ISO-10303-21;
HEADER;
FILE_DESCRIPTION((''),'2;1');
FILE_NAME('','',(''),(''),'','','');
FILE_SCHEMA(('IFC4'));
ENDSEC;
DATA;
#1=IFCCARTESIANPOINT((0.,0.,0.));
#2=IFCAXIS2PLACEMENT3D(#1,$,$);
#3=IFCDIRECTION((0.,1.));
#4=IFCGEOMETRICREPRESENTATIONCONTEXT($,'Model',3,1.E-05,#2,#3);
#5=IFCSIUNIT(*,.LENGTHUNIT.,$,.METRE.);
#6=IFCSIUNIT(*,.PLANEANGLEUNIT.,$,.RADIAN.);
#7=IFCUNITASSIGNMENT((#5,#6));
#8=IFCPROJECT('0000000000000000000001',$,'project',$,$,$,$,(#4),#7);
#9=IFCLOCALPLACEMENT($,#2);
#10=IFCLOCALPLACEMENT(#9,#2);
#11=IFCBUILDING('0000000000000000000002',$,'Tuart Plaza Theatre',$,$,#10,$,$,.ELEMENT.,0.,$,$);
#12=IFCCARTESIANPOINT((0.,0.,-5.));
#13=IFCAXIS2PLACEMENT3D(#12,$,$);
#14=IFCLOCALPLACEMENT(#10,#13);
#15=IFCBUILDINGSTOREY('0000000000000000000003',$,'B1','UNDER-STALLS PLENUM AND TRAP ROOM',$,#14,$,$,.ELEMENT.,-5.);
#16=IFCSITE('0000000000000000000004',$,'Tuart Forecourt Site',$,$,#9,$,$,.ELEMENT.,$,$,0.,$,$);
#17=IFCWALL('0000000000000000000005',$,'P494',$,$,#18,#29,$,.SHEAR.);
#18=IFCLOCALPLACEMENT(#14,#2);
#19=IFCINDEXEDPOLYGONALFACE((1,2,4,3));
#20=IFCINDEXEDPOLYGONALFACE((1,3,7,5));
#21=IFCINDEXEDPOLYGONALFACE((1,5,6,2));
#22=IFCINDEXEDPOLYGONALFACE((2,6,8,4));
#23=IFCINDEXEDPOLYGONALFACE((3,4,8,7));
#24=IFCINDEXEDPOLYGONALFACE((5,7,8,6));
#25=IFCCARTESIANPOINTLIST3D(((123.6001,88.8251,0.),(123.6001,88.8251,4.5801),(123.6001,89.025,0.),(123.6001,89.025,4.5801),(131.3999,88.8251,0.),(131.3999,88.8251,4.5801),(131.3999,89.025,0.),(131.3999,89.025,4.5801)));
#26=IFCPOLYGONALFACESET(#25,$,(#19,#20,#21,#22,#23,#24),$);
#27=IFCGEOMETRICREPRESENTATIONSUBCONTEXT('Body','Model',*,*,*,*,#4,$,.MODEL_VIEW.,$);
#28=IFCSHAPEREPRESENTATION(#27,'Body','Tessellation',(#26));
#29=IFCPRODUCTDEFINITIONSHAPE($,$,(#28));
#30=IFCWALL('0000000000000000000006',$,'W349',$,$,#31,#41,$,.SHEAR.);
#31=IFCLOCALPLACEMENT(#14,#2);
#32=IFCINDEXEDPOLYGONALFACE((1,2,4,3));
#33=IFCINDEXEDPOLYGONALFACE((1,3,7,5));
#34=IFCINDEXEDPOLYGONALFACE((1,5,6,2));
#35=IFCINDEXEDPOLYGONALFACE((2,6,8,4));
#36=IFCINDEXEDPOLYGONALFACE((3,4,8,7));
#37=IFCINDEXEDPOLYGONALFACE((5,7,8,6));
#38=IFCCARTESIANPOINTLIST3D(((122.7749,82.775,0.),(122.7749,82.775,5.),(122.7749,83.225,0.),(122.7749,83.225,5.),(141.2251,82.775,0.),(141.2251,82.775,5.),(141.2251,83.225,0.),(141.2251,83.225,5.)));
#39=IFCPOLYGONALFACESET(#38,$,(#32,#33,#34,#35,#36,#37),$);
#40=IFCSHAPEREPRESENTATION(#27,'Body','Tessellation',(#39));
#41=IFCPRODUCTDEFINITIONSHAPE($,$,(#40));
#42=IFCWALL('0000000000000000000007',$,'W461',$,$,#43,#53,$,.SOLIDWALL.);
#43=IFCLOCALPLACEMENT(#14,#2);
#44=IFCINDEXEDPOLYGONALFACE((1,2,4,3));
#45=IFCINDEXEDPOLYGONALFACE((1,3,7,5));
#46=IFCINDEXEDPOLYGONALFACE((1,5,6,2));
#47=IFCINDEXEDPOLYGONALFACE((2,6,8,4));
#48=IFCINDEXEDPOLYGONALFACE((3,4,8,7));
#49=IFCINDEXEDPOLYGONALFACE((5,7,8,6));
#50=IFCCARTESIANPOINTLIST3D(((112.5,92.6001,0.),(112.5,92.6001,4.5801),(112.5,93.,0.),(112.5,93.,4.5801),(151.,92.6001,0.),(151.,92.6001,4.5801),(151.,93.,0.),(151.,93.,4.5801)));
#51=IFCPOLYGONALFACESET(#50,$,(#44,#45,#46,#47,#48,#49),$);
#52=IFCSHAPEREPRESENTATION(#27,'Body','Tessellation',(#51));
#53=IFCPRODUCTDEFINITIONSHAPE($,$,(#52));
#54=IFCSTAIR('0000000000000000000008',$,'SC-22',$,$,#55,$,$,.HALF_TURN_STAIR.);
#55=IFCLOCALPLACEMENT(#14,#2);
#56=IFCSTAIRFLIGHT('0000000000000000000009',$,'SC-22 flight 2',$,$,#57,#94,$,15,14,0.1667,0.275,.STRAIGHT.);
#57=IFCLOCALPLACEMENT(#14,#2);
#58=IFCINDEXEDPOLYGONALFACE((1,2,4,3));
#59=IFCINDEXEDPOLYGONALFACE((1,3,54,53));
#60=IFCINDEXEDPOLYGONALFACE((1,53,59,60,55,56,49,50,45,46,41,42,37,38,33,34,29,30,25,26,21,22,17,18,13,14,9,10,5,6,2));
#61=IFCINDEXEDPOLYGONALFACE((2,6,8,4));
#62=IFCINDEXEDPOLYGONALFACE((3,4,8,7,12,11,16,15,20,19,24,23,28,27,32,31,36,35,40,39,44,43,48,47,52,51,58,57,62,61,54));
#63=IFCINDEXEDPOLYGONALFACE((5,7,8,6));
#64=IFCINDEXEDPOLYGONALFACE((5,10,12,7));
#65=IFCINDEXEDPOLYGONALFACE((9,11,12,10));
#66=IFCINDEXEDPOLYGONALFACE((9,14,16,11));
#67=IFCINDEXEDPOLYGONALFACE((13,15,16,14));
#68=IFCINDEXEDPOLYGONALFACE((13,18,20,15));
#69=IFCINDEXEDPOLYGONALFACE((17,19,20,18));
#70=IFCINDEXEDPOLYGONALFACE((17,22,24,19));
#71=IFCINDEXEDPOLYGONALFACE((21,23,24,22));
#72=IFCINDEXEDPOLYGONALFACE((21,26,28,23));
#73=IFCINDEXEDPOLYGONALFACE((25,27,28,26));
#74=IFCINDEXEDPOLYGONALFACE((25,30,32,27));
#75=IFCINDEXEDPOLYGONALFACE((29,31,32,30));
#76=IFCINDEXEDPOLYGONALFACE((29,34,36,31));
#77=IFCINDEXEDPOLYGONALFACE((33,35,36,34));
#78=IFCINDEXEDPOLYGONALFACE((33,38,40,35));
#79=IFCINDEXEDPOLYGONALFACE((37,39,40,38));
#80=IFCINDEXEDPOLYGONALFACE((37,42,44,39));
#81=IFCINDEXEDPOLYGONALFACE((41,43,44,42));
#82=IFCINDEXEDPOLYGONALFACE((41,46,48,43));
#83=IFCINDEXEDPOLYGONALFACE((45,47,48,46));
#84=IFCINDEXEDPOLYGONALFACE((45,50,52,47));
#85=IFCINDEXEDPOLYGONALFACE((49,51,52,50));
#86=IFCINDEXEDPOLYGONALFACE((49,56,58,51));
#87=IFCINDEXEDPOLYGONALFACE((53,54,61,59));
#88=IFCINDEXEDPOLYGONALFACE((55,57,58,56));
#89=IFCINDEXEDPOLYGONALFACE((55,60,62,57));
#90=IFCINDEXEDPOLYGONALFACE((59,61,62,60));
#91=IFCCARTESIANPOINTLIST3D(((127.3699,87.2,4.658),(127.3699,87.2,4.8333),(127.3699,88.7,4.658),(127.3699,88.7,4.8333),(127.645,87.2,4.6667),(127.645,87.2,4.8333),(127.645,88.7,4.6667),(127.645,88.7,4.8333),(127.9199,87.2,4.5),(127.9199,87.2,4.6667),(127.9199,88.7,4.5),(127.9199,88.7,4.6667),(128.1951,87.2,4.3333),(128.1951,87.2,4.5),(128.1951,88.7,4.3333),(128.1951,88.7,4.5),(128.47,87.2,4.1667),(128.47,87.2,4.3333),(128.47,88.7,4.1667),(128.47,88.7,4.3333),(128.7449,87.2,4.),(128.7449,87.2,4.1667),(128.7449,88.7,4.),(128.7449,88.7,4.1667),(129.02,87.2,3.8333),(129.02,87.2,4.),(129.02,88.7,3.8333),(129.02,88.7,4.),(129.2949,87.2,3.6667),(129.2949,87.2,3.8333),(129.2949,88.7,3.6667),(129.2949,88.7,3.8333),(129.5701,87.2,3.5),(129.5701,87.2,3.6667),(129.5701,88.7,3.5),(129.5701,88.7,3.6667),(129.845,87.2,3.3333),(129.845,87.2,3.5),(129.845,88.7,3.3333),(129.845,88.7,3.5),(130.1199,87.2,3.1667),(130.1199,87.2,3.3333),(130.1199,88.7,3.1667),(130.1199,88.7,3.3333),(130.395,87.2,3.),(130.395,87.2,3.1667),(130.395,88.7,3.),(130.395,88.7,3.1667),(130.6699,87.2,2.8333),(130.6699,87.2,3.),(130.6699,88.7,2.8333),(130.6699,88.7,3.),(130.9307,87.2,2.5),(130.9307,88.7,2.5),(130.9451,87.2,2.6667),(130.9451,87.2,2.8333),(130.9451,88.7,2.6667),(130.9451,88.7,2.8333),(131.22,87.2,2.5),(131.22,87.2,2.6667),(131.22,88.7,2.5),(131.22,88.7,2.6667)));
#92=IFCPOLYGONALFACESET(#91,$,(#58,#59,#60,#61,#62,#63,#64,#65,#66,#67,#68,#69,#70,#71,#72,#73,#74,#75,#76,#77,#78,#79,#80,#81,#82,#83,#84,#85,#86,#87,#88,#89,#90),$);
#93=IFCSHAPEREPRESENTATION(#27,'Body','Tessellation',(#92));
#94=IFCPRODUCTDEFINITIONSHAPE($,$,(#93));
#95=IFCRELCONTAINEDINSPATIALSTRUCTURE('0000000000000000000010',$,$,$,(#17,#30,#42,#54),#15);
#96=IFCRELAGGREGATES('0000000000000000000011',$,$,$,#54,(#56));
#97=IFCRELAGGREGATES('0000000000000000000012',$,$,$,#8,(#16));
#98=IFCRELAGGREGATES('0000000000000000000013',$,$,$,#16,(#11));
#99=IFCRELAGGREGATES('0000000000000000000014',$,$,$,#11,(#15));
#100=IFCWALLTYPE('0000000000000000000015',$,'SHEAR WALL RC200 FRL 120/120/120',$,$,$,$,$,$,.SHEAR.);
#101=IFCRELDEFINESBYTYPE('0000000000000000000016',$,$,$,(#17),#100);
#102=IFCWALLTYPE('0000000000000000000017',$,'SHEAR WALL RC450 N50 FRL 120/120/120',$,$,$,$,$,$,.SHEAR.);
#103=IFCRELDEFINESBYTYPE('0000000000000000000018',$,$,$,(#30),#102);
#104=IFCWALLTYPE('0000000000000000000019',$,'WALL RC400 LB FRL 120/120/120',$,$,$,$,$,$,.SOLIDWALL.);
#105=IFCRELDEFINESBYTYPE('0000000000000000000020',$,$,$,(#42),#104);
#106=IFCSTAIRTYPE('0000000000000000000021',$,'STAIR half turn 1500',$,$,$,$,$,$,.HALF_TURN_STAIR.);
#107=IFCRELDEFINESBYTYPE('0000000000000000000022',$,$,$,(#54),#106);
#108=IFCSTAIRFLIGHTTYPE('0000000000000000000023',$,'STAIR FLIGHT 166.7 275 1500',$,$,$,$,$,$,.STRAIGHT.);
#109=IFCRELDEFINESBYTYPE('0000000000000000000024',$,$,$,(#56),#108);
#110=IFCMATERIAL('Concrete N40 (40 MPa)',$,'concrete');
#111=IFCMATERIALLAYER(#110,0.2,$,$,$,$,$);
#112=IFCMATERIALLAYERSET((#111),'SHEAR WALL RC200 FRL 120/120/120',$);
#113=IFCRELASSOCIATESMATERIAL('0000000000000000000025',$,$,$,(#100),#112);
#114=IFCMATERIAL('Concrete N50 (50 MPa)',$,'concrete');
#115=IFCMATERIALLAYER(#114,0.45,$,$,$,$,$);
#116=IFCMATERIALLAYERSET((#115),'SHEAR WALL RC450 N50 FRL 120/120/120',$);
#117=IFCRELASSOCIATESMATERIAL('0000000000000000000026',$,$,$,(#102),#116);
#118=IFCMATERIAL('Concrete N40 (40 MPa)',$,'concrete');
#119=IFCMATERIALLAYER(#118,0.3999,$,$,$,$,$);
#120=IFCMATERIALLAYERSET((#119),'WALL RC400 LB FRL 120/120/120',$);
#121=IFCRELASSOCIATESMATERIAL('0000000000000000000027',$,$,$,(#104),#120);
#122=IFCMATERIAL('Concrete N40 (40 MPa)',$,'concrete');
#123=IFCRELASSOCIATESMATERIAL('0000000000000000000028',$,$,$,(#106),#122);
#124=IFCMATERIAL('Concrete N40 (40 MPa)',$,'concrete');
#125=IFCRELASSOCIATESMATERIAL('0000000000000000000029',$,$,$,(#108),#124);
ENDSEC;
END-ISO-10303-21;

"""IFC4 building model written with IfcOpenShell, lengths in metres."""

from ifc_helpers import new_model, si_unit, direction, frame, frame_2d, origin, place, context, subcontext, project, spatial, polyline, rectangle, outline, extrude, material, layer, layer_set, type_object, element, aggregate, save


model = new_model("IFC4")

# Units and contexts
model_context = context("Model", 3, precision=1e-05, world=origin(), true_north=direction((0.0, 1.0)))
body_context = subcontext(model_context, "Body", "Model", "MODEL_VIEW")
ifc_project = project(units=[si_unit("LENGTHUNIT", "METRE"), si_unit("PLANEANGLEUNIT", "RADIAN")], contexts=[model_context])

# Site, building, storey
site_placement = place(None, origin())
site = spatial("IfcSite", under=ifc_project, at=site_placement, Name="Tuart Forecourt Site", CompositionType="ELEMENT", RefElevation=0.0)
building_placement = place(site_placement, origin())
building = spatial("IfcBuilding", under=site, at=building_placement, Name="Tuart Plaza Theatre", CompositionType="ELEMENT", ElevationOfRefHeight=0.0)
storey_placement = place(building_placement, frame((0.0, 0.0, -5.0)))
storey = spatial("IfcBuildingStorey", under=building, at=storey_placement, Name="B1", Description="UNDER-STALLS PLENUM AND TRAP ROOM", CompositionType="ELEMENT", Elevation=-5.0)

# Walls
ifc_material_1 = material(Name="Concrete N40 (40 MPa)", Category="concrete")
ifc_layer_1 = layer(ifc_material_1, 0.2)
ifc_layer_set_1 = layer_set([ifc_layer_1], Name="SHEAR WALL RC200 FRL 120/120/120")
wall_type_1 = type_object("IfcWallType", Name="SHEAR WALL RC200 FRL 120/120/120", PredefinedType="SHEAR", material=ifc_layer_set_1)
wall_1_placement = place(storey_placement, frame((131.3999, 88.925, 0.0), z_axis=(0.0, 0.0, 1.0), x_axis=(-1.0, 0.0, 0.0)))
element("IfcWall", 1, at=wall_1_placement, inside=storey, type_object=wall_type_1, Name="P494", PredefinedType="SHEAR", context=body_context, shape_type="SweptSolid", body=[
    extrude(rectangle(XDim=7.7998, YDim=0.2, at=frame_2d((3.8999, 0.0))), origin(), (0.0, 0.0, 1.0), 4.5801),
])
ifc_material_2 = material(Name="Concrete N50 (50 MPa)", Category="concrete")
ifc_layer_2 = layer(ifc_material_2, 0.45)
ifc_layer_set_2 = layer_set([ifc_layer_2], Name="SHEAR WALL RC450 N50 FRL 120/120/120")
wall_type_2 = type_object("IfcWallType", Name="SHEAR WALL RC450 N50 FRL 120/120/120", PredefinedType="SHEAR", material=ifc_layer_set_2)
wall_2_placement = place(storey_placement, frame((141.2251, 83.0, 0.0), z_axis=(0.0, 0.0, 1.0), x_axis=(-1.0, 0.0, 0.0)))
element("IfcWall", 2, at=wall_2_placement, inside=storey, type_object=wall_type_2, Name="W349", PredefinedType="SHEAR", context=body_context, shape_type="SweptSolid", body=[
    extrude(rectangle(XDim=18.4502, YDim=0.45, at=frame_2d((9.2251, 0.0))), origin(), (0.0, 0.0, 1.0), 5.0),
])
ifc_material_3 = material(Name="Concrete N40 (40 MPa)", Category="concrete")
ifc_layer_3 = layer(ifc_material_3, 0.3999)
ifc_layer_set_3 = layer_set([ifc_layer_3], Name="WALL RC400 LB FRL 120/120/120")
wall_type_3 = type_object("IfcWallType", Name="WALL RC400 LB FRL 120/120/120", PredefinedType="SOLIDWALL", material=ifc_layer_set_3)
wall_3_placement = place(storey_placement, frame((151.0, 92.8, 0.0), z_axis=(0.0, 0.0, 1.0), x_axis=(-1.0, 0.0, 0.0)))
element("IfcWall", 3, at=wall_3_placement, inside=storey, type_object=wall_type_3, Name="W461", PredefinedType="SOLIDWALL", context=body_context, shape_type="SweptSolid", body=[
    extrude(rectangle(XDim=38.5, YDim=0.3999, at=frame_2d((19.25, 0.0))), origin(), (0.0, 0.0, 1.0), 4.5801),
])

# Stair, stair flight
ifc_material_4 = material(Name="Concrete N40 (40 MPa)", Category="concrete")
stair_type = type_object("IfcStairType", Name="STAIR half turn 1500", PredefinedType="HALF_TURN_STAIR", material=ifc_material_4)
stair_placement = place(storey_placement, origin())
stair = element("IfcStair", 4, at=stair_placement, inside=storey, type_object=stair_type, Name="SC-22", PredefinedType="HALF_TURN_STAIR")
ifc_material_5 = material(Name="Concrete N40 (40 MPa)", Category="concrete")
stair_flight_type = type_object("IfcStairFlightType", Name="STAIR FLIGHT 166.7 275 1500", PredefinedType="STRAIGHT", material=ifc_material_5)
stair_flight_placement = place(storey_placement, frame((131.22, 87.95, 2.5), z_axis=(0.0, 0.0, 1.0), x_axis=(-1.0, 0.0, 0.0)))
stair_flight = element("IfcStairFlight", 5, at=stair_flight_placement, type_object=stair_flight_type, Name="SC-22 flight 2", NumberOfRisers=15, NumberOfTreads=14, PredefinedType="STRAIGHT", RiserHeight=0.1667, TreadLength=0.275, context=body_context, shape_type="SweptSolid", body=[
    extrude(outline(polyline([(0.0, 0.0), (0.0, 0.1667), (0.2749, 0.1667), (0.2749, 0.3333), (0.55, 0.3333), (0.55, 0.5), (0.825, 0.5), (0.825, 0.6667), (1.1001, 0.6667), (1.1001, 0.8333), (1.375, 0.8333), (1.375, 1.0), (1.6499, 1.0), (1.6499, 1.1667), (1.925, 1.1667), (1.925, 1.3333), (2.2, 1.3333), (2.2, 1.5), (2.4751, 1.5), (2.4751, 1.6667), (2.75, 1.6667), (2.75, 1.8333), (3.0249, 1.8333), (3.0249, 2.0), (3.3, 2.0), (3.3, 2.1667), (3.575, 2.1667), (3.575, 2.3333), (3.8501, 2.3333), (3.8501, 2.5), (3.8501, 2.158), (0.2893, 0.0), (0.0, 0.0)])), frame((0.0, 0.75, 0.0), z_axis=(0.0, -1.0, 0.0), x_axis=(1.0, 0.0, 0.0)), (0.0, 0.0, 1.0), 1.5),
])
aggregate(stair, [stair_flight])

save(model, "model.ifc")
